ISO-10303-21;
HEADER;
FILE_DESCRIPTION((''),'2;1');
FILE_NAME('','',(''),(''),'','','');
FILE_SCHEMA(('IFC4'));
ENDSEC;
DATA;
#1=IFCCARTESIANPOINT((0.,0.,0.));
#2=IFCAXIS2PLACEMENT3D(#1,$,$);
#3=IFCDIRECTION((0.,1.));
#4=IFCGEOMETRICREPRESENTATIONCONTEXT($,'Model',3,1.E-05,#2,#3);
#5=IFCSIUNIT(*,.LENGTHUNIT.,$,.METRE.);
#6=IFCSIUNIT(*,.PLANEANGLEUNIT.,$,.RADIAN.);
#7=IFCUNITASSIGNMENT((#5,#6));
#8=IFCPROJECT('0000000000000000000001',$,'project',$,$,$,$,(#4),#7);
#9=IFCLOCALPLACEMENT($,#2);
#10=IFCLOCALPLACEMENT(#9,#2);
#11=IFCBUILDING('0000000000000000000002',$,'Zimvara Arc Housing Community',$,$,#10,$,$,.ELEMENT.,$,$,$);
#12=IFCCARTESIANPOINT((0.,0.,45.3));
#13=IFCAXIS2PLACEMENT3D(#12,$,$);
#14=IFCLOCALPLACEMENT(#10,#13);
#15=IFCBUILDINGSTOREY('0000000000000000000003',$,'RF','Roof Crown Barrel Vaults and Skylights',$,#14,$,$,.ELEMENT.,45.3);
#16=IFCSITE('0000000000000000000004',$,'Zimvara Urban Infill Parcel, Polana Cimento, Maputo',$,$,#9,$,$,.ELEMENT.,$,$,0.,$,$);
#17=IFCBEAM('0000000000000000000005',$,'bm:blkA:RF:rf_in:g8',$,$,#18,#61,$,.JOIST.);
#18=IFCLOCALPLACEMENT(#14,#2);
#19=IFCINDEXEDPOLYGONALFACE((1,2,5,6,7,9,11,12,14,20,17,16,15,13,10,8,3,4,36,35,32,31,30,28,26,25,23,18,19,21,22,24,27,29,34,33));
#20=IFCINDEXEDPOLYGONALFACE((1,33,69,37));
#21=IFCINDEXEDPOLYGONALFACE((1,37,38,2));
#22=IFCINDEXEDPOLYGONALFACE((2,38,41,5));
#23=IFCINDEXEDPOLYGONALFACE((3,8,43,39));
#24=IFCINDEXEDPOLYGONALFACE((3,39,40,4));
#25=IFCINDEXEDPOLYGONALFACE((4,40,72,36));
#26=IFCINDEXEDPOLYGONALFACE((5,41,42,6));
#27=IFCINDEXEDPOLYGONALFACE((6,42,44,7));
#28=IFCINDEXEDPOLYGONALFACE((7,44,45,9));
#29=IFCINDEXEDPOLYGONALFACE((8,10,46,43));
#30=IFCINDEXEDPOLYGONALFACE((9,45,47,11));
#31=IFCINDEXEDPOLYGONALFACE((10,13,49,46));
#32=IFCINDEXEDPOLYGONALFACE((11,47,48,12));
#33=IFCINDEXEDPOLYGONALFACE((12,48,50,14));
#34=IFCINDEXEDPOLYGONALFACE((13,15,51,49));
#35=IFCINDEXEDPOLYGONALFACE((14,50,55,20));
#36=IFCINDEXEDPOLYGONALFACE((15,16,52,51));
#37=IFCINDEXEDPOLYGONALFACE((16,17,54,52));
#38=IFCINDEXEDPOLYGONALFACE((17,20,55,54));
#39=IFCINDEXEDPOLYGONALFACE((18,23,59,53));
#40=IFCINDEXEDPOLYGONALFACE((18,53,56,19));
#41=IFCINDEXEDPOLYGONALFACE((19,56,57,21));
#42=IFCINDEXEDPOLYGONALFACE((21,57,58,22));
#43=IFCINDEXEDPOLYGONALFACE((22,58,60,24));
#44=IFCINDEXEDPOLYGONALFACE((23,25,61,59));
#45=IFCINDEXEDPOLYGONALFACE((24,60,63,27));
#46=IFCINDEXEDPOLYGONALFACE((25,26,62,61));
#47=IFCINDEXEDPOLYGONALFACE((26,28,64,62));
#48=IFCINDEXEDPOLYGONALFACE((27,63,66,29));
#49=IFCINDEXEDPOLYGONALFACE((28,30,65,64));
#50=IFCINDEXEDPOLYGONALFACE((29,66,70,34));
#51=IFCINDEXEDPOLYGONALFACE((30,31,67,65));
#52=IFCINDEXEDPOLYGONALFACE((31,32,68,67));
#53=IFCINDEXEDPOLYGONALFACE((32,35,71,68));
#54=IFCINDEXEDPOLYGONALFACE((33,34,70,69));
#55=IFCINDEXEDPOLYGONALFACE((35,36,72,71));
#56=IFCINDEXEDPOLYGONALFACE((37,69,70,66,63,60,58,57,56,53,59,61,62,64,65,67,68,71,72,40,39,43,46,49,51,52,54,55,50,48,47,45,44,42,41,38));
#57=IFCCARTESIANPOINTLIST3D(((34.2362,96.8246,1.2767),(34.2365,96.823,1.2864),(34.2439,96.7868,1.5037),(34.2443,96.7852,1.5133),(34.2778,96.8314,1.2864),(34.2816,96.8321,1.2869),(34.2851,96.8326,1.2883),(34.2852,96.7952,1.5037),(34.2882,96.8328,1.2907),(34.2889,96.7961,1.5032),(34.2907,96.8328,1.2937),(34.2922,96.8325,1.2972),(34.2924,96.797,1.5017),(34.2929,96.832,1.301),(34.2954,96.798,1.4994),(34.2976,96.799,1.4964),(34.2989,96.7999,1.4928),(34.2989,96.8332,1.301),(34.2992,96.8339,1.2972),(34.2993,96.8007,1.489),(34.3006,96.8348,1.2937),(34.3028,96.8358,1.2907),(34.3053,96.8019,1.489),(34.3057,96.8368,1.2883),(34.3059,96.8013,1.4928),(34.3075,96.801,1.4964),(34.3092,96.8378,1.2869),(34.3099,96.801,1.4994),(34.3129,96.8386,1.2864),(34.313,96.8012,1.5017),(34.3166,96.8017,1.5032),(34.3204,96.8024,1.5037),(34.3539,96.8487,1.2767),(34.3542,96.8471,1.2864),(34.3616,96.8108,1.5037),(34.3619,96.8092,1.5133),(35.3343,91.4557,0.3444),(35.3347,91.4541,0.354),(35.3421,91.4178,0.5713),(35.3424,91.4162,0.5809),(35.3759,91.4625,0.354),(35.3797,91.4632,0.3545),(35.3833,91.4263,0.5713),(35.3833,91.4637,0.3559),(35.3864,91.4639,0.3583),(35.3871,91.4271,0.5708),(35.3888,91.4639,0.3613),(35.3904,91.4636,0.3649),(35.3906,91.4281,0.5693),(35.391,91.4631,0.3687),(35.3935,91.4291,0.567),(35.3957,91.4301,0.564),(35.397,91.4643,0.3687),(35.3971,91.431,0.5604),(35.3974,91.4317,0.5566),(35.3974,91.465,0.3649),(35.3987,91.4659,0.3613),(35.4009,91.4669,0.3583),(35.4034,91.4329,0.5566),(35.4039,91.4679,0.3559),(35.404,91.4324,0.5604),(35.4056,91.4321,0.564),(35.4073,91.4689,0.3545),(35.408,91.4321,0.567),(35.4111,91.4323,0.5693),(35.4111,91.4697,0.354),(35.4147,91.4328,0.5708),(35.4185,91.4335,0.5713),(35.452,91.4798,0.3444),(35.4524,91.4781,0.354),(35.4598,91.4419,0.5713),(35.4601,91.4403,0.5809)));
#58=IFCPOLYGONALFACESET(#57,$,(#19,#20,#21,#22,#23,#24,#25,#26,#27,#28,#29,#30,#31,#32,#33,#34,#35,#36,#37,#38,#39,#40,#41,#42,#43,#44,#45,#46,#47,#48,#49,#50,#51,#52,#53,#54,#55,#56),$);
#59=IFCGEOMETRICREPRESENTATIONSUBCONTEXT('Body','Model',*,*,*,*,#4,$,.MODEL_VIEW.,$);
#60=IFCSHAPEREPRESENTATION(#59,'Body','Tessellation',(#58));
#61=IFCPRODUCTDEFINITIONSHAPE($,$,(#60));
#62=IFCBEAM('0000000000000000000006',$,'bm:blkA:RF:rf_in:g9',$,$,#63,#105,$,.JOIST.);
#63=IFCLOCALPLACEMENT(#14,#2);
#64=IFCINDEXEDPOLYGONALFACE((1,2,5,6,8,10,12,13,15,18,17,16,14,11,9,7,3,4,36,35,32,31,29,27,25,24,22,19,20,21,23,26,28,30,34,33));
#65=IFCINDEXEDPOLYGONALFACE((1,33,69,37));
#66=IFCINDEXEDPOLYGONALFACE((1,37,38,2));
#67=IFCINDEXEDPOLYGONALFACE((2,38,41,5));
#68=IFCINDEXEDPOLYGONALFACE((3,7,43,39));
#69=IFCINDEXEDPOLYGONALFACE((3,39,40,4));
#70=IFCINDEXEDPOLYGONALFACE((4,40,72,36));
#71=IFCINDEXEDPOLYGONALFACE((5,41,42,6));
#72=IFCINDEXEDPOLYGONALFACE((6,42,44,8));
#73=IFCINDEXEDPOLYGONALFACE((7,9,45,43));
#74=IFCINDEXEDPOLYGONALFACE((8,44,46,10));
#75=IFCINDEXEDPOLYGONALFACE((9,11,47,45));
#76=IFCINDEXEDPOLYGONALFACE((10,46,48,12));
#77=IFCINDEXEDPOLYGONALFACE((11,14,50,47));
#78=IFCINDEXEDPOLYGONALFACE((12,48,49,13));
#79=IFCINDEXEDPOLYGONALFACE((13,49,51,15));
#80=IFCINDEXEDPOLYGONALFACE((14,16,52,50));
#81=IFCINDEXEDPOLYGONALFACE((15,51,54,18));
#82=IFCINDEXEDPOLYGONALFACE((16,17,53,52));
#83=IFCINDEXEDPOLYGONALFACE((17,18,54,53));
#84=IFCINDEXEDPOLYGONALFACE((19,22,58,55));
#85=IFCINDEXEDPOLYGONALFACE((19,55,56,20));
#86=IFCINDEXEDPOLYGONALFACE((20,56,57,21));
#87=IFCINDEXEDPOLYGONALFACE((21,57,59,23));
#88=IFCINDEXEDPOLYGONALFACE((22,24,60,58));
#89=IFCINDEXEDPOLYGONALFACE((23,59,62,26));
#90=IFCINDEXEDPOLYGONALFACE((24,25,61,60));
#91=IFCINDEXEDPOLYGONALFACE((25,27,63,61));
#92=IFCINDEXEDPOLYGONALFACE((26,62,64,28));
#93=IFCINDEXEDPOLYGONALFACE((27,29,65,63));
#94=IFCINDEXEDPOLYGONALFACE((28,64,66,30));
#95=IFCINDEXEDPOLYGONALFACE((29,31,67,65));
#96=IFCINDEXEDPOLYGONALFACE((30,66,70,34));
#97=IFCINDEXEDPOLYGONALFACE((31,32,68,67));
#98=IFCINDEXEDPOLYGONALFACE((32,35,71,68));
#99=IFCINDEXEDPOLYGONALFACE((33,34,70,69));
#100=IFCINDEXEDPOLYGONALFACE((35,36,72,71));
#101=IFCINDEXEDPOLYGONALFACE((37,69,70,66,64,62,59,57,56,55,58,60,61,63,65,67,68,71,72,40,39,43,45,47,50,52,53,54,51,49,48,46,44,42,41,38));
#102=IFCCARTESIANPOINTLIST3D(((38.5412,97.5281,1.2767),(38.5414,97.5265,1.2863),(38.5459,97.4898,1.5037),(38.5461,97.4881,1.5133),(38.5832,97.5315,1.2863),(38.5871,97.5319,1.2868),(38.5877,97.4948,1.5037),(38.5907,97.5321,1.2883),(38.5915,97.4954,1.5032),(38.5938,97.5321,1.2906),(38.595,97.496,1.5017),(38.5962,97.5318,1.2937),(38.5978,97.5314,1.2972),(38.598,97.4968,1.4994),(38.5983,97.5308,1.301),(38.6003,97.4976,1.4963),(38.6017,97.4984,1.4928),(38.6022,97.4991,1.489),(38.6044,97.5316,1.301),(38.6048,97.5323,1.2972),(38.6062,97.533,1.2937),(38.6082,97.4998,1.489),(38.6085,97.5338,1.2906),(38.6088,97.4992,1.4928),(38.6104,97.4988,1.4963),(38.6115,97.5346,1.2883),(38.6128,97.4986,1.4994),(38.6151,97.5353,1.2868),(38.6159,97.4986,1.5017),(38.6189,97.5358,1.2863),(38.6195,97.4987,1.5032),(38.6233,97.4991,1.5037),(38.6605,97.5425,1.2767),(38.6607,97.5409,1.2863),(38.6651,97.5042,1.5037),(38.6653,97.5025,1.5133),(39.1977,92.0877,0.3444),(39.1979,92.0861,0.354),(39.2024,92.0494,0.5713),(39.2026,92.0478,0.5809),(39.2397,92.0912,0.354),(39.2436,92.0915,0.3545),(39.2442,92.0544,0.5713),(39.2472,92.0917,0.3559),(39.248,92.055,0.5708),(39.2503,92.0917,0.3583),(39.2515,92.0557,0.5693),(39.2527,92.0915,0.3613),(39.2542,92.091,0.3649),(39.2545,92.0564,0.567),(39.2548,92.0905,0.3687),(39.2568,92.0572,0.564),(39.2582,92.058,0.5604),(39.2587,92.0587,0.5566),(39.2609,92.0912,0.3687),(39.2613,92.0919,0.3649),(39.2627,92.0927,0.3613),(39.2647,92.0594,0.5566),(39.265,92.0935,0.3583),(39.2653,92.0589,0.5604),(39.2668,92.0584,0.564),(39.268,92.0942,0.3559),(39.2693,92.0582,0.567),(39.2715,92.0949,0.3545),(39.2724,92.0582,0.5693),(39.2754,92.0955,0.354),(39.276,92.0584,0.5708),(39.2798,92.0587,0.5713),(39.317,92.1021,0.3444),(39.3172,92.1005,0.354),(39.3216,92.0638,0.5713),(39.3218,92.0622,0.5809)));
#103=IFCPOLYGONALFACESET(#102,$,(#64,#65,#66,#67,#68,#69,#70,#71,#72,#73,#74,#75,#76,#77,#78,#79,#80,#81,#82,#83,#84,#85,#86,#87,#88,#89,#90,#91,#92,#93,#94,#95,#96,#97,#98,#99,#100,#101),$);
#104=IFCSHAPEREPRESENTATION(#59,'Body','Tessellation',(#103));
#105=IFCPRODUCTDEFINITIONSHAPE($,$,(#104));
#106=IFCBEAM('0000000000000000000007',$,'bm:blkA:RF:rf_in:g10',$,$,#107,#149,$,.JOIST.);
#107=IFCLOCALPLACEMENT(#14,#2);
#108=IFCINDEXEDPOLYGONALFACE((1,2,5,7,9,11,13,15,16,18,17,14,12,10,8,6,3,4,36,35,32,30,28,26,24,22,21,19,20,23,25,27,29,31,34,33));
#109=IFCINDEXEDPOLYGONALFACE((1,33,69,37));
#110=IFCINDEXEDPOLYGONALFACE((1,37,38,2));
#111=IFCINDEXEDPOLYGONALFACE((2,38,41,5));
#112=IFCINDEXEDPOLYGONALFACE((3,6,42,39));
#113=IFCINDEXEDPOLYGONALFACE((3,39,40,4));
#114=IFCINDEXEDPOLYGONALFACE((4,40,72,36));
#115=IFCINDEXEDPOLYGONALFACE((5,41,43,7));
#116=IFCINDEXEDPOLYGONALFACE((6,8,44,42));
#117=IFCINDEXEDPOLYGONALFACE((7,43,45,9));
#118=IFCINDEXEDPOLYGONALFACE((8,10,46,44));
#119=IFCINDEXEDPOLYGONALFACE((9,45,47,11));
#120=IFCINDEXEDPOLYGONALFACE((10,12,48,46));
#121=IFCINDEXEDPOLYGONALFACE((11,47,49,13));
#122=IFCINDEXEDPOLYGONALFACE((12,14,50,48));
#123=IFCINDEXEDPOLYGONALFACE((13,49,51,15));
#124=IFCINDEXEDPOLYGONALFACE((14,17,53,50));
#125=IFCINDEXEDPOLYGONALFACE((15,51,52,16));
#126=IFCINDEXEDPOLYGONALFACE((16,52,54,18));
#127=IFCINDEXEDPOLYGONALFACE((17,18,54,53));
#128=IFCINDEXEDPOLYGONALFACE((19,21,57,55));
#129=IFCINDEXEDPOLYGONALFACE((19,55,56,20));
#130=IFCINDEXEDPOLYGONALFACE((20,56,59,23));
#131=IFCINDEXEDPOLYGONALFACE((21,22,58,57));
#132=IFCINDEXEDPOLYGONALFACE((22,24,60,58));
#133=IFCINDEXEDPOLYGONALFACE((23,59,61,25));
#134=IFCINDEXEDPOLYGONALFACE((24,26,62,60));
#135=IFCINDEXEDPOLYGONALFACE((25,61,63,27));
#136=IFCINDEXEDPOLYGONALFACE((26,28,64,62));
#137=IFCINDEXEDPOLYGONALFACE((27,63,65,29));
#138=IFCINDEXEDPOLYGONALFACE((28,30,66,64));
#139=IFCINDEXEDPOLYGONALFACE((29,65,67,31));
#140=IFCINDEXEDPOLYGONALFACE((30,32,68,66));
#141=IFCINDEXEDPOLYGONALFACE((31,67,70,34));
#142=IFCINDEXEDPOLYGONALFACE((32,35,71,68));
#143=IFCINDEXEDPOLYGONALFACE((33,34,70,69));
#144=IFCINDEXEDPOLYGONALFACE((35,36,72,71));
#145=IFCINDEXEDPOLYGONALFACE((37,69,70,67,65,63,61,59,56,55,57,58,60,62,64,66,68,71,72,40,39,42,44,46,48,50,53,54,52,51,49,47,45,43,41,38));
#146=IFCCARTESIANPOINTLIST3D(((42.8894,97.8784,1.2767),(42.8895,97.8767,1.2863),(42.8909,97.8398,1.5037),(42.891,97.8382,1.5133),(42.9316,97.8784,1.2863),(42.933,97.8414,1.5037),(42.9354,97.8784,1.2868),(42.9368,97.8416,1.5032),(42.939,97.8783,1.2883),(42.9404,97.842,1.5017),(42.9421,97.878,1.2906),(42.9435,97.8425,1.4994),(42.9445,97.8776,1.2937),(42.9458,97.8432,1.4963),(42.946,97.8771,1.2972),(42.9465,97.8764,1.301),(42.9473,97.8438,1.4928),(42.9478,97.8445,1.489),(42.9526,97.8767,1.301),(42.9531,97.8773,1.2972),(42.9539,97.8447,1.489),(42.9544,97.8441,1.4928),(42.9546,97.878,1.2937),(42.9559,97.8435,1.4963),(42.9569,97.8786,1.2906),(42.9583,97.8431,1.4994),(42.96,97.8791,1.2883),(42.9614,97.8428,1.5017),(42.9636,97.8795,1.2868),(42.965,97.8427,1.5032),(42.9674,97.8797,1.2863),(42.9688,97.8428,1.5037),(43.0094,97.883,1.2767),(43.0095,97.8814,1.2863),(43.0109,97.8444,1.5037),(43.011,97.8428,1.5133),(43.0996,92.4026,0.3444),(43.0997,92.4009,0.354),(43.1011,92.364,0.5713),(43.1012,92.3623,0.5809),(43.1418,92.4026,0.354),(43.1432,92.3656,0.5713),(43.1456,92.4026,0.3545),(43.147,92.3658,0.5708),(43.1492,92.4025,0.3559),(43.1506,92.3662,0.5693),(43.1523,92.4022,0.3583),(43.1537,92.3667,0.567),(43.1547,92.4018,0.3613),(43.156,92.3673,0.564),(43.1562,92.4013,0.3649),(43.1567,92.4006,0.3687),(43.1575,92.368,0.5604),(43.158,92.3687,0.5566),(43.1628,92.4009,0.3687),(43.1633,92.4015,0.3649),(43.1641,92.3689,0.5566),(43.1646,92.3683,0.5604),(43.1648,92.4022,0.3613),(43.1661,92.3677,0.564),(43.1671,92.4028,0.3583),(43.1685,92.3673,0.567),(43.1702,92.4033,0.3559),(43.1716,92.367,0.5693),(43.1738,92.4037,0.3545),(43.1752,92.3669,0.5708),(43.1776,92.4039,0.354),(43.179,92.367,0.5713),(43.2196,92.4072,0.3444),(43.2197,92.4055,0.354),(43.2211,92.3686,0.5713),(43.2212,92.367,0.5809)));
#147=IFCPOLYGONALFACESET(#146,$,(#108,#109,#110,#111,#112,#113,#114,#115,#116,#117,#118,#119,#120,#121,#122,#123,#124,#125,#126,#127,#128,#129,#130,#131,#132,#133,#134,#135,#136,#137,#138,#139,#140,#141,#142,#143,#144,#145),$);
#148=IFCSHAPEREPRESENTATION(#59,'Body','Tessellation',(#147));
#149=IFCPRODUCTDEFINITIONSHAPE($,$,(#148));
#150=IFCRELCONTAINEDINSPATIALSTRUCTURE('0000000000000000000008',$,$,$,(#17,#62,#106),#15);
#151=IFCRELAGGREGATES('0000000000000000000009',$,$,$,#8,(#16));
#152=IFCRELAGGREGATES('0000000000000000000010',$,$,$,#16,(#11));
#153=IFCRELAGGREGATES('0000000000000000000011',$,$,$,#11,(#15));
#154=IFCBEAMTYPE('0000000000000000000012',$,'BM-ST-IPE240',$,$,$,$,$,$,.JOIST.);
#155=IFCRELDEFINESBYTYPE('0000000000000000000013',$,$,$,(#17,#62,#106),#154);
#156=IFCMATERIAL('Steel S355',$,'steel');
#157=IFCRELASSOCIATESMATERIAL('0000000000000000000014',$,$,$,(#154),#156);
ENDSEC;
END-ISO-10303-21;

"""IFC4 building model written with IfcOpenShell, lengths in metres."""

from ifc_helpers import new_model, si_unit, direction, frame, origin, origin_2d, place, context, subcontext, project, spatial, i_section, extrude, material, material_profile, profile_set, type_object, element, save


model = new_model("IFC4")

# Units and contexts
model_context = context("Model", 3, precision=1e-05, world=origin(), true_north=direction((0.0, 1.0)))
body_context = subcontext(model_context, "Body", "Model", "MODEL_VIEW")
ifc_project = project(units=[si_unit("LENGTHUNIT", "METRE"), si_unit("PLANEANGLEUNIT", "RADIAN")], contexts=[model_context])

# Site, building, storey
site_placement = place(None, origin())
site = spatial("IfcSite", under=ifc_project, at=site_placement, Name="Zimvara Urban Infill Parcel, Polana Cimento, Maputo", CompositionType="ELEMENT", RefElevation=0.0)
building_placement = place(site_placement, origin())
building = spatial("IfcBuilding", under=site, at=building_placement, Name="Zimvara Arc Housing Community", CompositionType="ELEMENT")
storey_placement = place(building_placement, frame((0.0, 0.0, 45.3)))
storey = spatial("IfcBuildingStorey", under=building, at=storey_placement, Name="RF", Description="Roof Crown Barrel Vaults and Skylights", CompositionType="ELEMENT", Elevation=45.3)

# Beams
ifc_material_1 = material(Name="Steel S355", Category="steel")
ifc_material_profile_1 = material_profile(ifc_material_1, i_section(OverallWidth=0.1201, OverallDepth=0.24, WebThickness=0.0061, FlangeThickness=0.0098, FilletRadius=0.0149, at=origin_2d()), Name="IPE 240")
ifc_profile_set_1 = profile_set([ifc_material_profile_1], Name="Steel S355")
beam_type_1 = type_object("IfcBeamType", Name="BM-ST-IPE240", PredefinedType="JOIST", material=ifc_profile_set_1)
beam_1_placement = place(storey_placement, frame((35.3972, 91.448, 0.4626), z_axis=(-0.197551, 0.965837, 0.167729), x_axis=(-0.979716, -0.200389, 0.0)))
element("IfcBeam", 1, at=beam_1_placement, inside=storey, type_object=beam_type_1, Name="bm:blkA:RF:rf_in:g8", PredefinedType="JOIST", context=body_context, shape_type="SweptSolid", body=[
    extrude(i_section(OverallWidth=0.1201, OverallDepth=0.24, WebThickness=0.0061, FlangeThickness=0.0098, FilletRadius=0.0149, at=origin_2d()), origin(), (0.0, 0.0, 1.0), 5.5588),
])
for number, where, z_axis, x_axis, name in (
    (2, (39.2598, 92.075, 0.4626), (-0.118103, 0.978732, 0.167734), (-0.992798, -0.1198, 0.0), "bm:blkA:RF:rf_in:g9"),
    (3, (43.1604, 92.3848, 0.4626), (-0.037816, 0.985107, 0.167735), (-0.999264, -0.03836, 0.0), "bm:blkA:RF:rf_in:g10"),
):
    element("IfcBeam", number, at=place(storey_placement, frame(where, z_axis=z_axis, x_axis=x_axis)), inside=storey, type_object=beam_type_1, Name=name, PredefinedType="JOIST", context=body_context, shape_type="SweptSolid", body=[
        extrude(i_section(OverallWidth=0.1201, OverallDepth=0.24, WebThickness=0.0061, FlangeThickness=0.0098, FilletRadius=0.0149, at=origin_2d()), origin(), (0.0, 0.0, 1.0), 5.5586),
    ])

save(model, "model.ifc")
